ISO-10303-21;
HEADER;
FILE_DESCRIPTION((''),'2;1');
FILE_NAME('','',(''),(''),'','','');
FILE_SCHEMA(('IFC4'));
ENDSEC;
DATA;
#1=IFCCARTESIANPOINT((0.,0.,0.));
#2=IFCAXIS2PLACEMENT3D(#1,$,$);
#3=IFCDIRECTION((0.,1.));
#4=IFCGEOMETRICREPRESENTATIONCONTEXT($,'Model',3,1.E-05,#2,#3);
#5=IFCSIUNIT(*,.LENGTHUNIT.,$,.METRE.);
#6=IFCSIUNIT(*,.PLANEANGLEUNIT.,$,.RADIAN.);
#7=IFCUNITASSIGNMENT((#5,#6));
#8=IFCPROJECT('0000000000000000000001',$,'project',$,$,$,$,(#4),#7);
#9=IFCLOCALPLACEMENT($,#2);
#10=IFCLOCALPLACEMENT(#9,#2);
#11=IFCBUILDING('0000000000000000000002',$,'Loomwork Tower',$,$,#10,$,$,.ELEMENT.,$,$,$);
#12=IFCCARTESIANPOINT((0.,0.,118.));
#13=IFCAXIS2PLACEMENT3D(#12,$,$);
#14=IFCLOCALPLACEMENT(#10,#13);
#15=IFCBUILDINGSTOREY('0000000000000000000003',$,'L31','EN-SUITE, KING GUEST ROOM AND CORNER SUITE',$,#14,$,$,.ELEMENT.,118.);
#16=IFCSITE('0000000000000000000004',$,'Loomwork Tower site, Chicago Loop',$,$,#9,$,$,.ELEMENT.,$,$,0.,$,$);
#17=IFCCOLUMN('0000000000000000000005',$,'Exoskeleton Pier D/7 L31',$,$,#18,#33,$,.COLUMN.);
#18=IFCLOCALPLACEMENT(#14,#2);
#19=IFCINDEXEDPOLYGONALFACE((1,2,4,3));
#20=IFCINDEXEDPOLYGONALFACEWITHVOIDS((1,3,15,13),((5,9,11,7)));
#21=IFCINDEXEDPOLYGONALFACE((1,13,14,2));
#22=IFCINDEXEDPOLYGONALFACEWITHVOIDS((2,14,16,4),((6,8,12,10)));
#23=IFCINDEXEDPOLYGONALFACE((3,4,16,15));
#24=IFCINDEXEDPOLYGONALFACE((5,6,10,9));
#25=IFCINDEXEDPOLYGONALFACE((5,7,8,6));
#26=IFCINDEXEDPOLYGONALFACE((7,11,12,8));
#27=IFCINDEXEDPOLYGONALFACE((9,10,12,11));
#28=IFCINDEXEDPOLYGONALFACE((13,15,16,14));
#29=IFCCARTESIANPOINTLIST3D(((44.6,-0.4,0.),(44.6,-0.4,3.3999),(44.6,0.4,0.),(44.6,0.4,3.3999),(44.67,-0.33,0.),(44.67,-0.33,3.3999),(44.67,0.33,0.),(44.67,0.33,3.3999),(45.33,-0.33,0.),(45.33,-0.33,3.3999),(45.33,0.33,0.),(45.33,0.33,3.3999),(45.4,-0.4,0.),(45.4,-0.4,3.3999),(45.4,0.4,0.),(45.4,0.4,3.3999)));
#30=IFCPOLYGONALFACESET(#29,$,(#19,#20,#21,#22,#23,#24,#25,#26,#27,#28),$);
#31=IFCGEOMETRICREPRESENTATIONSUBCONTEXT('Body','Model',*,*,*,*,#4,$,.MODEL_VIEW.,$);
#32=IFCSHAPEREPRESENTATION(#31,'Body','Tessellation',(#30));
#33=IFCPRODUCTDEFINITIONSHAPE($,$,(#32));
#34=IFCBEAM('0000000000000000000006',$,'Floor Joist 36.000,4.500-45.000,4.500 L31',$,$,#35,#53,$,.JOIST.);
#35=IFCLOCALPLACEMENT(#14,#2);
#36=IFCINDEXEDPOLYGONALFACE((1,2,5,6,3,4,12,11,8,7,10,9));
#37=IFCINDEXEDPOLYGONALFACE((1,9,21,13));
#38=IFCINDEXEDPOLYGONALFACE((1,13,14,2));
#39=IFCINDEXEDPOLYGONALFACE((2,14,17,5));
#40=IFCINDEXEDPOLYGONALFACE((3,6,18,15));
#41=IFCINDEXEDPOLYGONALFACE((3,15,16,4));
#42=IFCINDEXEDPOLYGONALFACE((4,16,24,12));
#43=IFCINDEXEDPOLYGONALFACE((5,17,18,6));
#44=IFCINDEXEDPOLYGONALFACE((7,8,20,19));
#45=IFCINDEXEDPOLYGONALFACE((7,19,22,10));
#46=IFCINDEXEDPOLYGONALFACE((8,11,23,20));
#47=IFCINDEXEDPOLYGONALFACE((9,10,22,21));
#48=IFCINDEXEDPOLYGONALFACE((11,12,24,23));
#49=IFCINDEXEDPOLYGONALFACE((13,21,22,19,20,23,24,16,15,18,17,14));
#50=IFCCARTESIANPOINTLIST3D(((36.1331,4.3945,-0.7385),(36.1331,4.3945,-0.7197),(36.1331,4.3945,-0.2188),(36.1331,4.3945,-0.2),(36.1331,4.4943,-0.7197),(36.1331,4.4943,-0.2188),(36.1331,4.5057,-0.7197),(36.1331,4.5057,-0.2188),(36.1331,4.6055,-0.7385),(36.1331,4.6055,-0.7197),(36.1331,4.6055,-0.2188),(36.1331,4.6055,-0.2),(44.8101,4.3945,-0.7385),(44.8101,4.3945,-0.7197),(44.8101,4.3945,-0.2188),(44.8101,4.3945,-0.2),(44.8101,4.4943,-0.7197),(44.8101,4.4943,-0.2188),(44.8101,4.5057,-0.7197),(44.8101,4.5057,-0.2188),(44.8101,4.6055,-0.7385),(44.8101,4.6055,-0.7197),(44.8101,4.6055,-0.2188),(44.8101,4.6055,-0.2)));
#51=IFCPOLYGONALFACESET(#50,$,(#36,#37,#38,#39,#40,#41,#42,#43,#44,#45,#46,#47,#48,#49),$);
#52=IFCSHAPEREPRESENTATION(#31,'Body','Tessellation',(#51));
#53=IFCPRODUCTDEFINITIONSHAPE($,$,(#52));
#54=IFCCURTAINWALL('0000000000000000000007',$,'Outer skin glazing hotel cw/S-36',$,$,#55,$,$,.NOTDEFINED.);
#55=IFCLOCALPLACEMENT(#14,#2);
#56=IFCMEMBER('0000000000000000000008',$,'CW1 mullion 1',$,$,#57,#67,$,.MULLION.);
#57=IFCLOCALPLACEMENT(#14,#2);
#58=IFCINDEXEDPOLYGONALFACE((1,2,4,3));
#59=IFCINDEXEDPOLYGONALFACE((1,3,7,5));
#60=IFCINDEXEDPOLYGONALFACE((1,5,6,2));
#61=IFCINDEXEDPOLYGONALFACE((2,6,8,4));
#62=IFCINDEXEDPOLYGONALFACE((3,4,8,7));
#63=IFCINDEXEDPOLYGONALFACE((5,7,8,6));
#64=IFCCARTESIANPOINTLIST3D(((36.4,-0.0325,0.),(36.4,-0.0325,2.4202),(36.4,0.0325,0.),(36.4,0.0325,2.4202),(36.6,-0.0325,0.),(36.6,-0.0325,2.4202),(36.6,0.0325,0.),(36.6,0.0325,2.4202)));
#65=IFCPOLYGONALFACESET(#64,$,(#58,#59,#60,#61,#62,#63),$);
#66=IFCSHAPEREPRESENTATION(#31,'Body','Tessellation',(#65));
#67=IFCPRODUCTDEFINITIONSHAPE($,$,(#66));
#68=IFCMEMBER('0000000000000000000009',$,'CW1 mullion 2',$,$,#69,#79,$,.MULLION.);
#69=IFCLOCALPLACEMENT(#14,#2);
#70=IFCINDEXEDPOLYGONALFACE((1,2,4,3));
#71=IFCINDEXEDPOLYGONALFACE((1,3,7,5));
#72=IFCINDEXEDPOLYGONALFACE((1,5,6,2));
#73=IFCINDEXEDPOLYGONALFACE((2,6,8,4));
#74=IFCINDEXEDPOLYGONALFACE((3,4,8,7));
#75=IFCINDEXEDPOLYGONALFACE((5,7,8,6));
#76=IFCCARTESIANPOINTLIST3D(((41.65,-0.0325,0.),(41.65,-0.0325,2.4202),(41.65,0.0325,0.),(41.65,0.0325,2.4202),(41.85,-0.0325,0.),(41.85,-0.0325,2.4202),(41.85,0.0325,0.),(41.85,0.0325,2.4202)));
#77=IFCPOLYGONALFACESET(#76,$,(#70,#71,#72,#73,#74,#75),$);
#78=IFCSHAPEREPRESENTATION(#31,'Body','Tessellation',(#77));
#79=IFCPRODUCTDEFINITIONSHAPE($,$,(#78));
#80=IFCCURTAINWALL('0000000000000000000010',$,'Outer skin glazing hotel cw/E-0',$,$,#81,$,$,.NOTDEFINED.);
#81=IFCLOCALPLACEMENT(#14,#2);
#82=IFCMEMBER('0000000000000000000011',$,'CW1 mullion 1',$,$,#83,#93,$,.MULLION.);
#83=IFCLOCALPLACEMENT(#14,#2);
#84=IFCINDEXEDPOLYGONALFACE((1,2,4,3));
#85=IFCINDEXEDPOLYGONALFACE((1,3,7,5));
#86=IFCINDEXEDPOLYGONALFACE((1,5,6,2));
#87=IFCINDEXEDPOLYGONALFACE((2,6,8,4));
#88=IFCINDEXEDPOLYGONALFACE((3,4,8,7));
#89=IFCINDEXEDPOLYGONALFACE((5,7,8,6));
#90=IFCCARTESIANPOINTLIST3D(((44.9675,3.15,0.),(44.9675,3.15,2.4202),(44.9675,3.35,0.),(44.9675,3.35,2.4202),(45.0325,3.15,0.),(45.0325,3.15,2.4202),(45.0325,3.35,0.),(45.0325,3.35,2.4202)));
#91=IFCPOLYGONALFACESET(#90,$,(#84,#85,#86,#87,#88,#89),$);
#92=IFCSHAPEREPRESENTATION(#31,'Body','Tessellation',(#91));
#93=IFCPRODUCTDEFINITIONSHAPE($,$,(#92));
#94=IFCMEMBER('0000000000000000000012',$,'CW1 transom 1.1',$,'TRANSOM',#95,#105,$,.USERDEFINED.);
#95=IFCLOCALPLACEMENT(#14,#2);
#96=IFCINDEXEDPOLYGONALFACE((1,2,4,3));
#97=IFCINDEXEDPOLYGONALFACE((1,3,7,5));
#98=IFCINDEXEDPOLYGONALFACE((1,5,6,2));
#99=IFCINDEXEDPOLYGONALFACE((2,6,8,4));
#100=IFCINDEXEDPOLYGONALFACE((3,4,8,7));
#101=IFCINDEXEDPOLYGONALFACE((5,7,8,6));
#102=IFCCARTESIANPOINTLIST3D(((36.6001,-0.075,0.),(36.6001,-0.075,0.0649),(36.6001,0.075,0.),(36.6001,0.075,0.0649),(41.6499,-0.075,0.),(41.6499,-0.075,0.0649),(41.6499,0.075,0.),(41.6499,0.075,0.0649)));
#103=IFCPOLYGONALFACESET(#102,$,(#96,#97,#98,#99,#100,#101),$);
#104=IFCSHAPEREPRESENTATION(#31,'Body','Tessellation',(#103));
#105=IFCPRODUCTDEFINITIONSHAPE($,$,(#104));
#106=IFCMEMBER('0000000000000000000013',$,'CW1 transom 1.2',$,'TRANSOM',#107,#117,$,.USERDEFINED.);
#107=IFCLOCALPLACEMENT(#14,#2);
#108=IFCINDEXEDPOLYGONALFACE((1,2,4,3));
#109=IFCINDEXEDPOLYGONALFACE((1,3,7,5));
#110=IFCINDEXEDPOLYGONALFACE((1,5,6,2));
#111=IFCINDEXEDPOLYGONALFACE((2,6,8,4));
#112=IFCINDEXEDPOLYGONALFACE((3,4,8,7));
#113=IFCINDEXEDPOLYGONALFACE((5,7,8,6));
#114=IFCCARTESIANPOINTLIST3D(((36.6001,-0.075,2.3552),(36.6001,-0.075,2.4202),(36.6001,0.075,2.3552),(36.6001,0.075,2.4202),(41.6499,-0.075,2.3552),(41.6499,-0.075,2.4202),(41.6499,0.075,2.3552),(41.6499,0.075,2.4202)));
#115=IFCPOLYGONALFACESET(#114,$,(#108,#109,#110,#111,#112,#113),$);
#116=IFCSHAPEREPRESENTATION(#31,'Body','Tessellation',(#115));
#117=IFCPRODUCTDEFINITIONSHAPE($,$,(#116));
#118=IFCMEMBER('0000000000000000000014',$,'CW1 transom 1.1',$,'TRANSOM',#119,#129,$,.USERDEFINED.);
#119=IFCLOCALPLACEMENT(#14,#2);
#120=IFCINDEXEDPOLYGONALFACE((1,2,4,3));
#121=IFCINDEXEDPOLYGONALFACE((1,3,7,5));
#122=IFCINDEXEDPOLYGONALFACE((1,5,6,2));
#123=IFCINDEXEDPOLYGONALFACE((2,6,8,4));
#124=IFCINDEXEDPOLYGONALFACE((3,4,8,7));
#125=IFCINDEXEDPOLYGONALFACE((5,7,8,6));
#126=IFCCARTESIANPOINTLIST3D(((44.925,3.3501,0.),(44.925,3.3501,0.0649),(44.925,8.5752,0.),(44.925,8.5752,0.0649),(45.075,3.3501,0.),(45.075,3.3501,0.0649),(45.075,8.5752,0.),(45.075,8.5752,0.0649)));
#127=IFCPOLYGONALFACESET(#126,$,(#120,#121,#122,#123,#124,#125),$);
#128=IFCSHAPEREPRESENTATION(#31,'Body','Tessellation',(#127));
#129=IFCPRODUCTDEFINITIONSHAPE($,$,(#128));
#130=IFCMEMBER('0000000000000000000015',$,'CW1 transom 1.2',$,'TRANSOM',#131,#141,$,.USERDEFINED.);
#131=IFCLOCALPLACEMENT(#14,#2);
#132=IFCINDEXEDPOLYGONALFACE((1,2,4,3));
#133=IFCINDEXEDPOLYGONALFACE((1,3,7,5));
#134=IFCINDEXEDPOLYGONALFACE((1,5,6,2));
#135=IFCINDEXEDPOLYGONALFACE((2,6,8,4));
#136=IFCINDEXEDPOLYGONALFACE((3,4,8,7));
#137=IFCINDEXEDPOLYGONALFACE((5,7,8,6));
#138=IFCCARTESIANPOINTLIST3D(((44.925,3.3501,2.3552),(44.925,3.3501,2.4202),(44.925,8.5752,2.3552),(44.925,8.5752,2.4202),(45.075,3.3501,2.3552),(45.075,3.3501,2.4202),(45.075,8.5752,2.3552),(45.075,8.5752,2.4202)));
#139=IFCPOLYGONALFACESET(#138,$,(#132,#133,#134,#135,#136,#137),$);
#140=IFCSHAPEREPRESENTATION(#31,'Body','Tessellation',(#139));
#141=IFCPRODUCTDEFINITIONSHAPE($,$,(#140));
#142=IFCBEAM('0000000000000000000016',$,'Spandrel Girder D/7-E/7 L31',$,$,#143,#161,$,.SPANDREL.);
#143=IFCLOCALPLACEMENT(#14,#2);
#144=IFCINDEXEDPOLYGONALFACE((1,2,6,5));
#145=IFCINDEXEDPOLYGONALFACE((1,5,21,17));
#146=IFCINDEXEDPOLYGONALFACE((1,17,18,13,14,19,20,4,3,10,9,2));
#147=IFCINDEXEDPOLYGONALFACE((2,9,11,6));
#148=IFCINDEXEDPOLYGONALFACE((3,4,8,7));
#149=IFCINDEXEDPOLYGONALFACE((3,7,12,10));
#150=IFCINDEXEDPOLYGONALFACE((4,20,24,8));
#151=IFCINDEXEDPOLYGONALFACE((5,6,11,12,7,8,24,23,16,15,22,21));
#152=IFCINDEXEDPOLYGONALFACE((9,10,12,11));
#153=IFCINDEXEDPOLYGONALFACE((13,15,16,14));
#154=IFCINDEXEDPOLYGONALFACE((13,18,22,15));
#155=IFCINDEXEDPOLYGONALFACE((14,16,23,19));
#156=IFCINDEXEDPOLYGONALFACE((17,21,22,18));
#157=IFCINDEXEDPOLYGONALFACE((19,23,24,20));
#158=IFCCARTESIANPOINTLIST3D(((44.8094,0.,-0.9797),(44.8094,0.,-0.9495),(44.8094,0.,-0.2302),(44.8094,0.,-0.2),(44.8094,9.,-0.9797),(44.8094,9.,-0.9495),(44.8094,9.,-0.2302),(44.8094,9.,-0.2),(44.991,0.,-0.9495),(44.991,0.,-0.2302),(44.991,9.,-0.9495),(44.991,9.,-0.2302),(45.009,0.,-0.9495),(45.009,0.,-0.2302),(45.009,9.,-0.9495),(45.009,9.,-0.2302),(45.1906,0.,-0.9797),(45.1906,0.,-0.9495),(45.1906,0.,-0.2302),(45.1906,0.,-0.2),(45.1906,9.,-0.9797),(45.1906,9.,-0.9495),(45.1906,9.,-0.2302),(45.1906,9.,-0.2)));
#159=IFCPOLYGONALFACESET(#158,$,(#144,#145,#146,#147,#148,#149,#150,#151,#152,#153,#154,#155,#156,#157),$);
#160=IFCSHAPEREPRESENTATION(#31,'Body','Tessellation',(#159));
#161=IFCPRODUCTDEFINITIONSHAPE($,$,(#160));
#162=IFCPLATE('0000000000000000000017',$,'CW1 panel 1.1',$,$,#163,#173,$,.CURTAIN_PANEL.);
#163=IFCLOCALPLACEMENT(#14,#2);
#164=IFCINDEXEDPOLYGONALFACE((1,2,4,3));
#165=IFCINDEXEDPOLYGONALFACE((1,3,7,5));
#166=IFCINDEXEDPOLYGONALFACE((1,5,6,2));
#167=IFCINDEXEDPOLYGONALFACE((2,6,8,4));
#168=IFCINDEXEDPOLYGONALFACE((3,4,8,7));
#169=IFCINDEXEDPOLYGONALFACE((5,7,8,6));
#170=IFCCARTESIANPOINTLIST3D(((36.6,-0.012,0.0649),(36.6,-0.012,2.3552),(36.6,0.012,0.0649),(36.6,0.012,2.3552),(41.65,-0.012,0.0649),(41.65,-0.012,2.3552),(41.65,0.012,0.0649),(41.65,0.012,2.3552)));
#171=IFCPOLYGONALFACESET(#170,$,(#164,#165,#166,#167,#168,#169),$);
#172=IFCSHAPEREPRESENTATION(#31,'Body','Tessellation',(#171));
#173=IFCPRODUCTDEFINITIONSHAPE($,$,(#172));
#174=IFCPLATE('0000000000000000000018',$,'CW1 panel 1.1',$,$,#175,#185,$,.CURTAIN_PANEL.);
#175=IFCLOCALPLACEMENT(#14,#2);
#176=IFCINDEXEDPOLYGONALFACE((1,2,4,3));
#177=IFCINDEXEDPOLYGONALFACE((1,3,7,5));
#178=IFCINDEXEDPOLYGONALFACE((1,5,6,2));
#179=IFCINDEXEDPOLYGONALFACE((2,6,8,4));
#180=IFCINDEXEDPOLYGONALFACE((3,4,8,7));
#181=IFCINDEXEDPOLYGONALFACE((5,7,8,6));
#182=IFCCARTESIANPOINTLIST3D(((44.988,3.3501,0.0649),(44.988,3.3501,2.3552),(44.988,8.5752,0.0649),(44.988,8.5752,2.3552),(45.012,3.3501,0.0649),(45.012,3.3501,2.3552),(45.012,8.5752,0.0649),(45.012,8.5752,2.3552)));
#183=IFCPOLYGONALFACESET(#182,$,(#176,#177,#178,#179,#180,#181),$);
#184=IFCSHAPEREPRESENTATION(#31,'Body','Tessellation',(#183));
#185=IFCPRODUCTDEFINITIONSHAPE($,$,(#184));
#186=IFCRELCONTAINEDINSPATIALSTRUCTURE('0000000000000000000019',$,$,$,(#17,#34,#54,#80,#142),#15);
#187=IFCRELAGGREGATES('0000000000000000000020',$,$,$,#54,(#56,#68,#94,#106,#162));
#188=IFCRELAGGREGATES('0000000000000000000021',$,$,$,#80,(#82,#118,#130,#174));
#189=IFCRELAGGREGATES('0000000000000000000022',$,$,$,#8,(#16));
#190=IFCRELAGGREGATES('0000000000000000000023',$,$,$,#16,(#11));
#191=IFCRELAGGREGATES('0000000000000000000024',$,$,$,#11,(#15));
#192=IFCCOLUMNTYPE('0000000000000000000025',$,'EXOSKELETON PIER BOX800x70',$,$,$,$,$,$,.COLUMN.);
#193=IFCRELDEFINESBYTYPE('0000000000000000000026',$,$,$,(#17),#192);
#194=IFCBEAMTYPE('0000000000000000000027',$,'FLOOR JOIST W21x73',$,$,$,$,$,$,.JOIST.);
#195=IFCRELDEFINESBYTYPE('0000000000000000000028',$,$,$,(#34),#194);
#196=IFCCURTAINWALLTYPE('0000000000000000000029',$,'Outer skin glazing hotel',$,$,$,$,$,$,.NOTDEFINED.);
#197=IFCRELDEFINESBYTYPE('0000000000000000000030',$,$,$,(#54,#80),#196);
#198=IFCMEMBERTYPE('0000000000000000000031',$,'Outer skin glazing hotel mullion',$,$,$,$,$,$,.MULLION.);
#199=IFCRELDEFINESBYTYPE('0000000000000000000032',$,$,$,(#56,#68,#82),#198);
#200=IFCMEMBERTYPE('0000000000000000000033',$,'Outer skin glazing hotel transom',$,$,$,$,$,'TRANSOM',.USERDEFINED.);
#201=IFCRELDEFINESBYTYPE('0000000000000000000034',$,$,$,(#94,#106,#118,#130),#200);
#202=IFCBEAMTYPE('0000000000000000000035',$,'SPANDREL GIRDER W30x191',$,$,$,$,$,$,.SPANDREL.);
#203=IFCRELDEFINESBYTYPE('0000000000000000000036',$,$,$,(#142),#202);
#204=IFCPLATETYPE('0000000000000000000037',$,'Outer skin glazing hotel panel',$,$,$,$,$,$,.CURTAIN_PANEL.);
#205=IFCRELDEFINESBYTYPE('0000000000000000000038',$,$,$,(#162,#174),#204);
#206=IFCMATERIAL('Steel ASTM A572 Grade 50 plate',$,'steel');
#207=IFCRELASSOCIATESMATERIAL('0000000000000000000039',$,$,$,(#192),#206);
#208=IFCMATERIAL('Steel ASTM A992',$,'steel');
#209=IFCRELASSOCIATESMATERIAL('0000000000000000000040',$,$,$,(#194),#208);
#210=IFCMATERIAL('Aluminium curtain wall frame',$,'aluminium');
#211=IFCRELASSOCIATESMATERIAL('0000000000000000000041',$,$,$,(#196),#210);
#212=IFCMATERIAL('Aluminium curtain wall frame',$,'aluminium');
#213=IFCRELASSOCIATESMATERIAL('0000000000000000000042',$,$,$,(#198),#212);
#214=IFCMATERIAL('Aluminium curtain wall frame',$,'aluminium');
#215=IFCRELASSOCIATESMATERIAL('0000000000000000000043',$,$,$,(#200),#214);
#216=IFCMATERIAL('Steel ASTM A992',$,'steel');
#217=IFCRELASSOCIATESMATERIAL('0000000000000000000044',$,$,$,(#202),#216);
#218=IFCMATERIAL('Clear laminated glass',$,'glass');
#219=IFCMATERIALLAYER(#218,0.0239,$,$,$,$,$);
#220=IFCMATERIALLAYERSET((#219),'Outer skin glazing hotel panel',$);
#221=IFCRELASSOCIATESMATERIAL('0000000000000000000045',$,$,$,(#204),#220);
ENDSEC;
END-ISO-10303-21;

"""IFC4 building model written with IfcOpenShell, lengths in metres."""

from ifc_helpers import new_model, si_unit, direction, frame, origin, origin_2d, place, context, subcontext, project, spatial, rectangle, hollow_rectangle, i_section, extrude, material, layer, layer_set, material_profile, profile_set, type_object, element, aggregate, save


model = new_model("IFC4")

# Units and contexts
model_context = context("Model", 3, precision=1e-05, world=origin(), true_north=direction((0.0, 1.0)))
body_context = subcontext(model_context, "Body", "Model", "MODEL_VIEW")
ifc_project = project(units=[si_unit("LENGTHUNIT", "METRE"), si_unit("PLANEANGLEUNIT", "RADIAN")], contexts=[model_context])

# Site, building, storey
site_placement = place(None, origin())
site = spatial("IfcSite", under=ifc_project, at=site_placement, Name="Loomwork Tower site, Chicago Loop", CompositionType="ELEMENT", RefElevation=0.0)
building_placement = place(site_placement, origin())
building = spatial("IfcBuilding", under=site, at=building_placement, Name="Loomwork Tower", CompositionType="ELEMENT")
storey_placement = place(building_placement, frame((0.0, 0.0, 118.0)))
storey = spatial("IfcBuildingStorey", under=building, at=storey_placement, Name="L31", Description="EN-SUITE, KING GUEST ROOM AND CORNER SUITE", CompositionType="ELEMENT", Elevation=118.0)

# Column
ifc_material_1 = material(Name="Steel ASTM A572 Grade 50 plate", Category="steel")
ifc_material_profile_1 = material_profile(ifc_material_1, hollow_rectangle(XDim=0.8, YDim=0.8, WallThickness=0.0701, at=origin_2d()), Name="BOX800x70")
ifc_profile_set_1 = profile_set([ifc_material_profile_1], Name="Steel ASTM A572 Grade 50 plate")
column_type = type_object("IfcColumnType", Name="EXOSKELETON PIER BOX800x70", PredefinedType="COLUMN", material=ifc_profile_set_1)
column_placement = place(storey_placement, frame((45.0, 0.0, 0.0), z_axis=(0.0, 0.0, 1.0), x_axis=(1.0, 0.0, 0.0)))
element("IfcColumn", 1, at=column_placement, inside=storey, type_object=column_type, Name="Exoskeleton Pier D/7 L31", PredefinedType="COLUMN", context=body_context, shape_type="SweptSolid", body=[
    extrude(hollow_rectangle(XDim=0.8, YDim=0.8, WallThickness=0.0701, at=origin_2d()), origin(), (0.0, 0.0, 1.0), 3.3999),
])

# Beam
ifc_material_2 = material(Name="Steel ASTM A992", Category="steel")
ifc_material_profile_2 = material_profile(ifc_material_2, i_section(OverallWidth=0.2109, OverallDepth=0.5386, WebThickness=0.0115, FlangeThickness=0.0188, at=origin_2d()), Name="W21x73")
ifc_profile_set_2 = profile_set([ifc_material_profile_2], Name="Steel ASTM A992")
beam_type_1 = type_object("IfcBeamType", Name="FLOOR JOIST W21x73", PredefinedType="JOIST", material=ifc_profile_set_2)
beam_1_placement = place(storey_placement, frame((36.1331, 4.5, -0.4692), z_axis=(1.0, 0.0, 0.0), x_axis=(0.0, 1.0, 0.0)))
element("IfcBeam", 2, at=beam_1_placement, inside=storey, type_object=beam_type_1, Name="Floor Joist 36.000,4.500-45.000,4.500 L31", PredefinedType="JOIST", context=body_context, shape_type="SweptSolid", body=[
    extrude(i_section(OverallWidth=0.2109, OverallDepth=0.5386, WebThickness=0.0115, FlangeThickness=0.0188, at=origin_2d()), origin(), (0.0, 0.0, 1.0), 8.677),
])

# Curtain wall, members
ifc_material_3 = material(Name="Aluminium curtain wall frame", Category="aluminium")
curtain_wall_type = type_object("IfcCurtainWallType", Name="Outer skin glazing hotel", PredefinedType="NOTDEFINED", material=ifc_material_3)
curtain_wall_1_placement = place(storey_placement, origin())
curtain_wall_1 = element("IfcCurtainWall", 3, at=curtain_wall_1_placement, inside=storey, type_object=curtain_wall_type, Name="Outer skin glazing hotel cw/S-36", PredefinedType="NOTDEFINED")
ifc_material_4 = material(Name="Aluminium curtain wall frame", Category="aluminium")
ifc_material_profile_3 = material_profile(ifc_material_4, rectangle(XDim=0.0649, YDim=0.2, at=origin_2d()), Name="AL 65x200")
ifc_profile_set_3 = profile_set([ifc_material_profile_3], Name="Aluminium curtain wall frame")
member_type_1 = type_object("IfcMemberType", Name="Outer skin glazing hotel mullion", PredefinedType="MULLION", material=ifc_profile_set_3)
member_1_placement = place(storey_placement, frame((36.5, 0.0, 0.0), z_axis=(0.0, 0.0, 1.0), x_axis=(0.0, 1.0, 0.0)))
member_1 = element("IfcMember", 4, at=member_1_placement, type_object=member_type_1, Name="CW1 mullion 1", PredefinedType="MULLION", context=body_context, shape_type="SweptSolid", body=[
    extrude(rectangle(XDim=0.0649, YDim=0.2, at=origin_2d()), origin(), (0.0, 0.0, 1.0), 2.4202),
])
member_2_placement = place(storey_placement, frame((41.75, 0.0, 0.0), z_axis=(0.0, 0.0, 1.0), x_axis=(0.0, 1.0, 0.0)))
member_2 = element("IfcMember", 5, at=member_2_placement, type_object=member_type_1, Name="CW1 mullion 2", PredefinedType="MULLION", context=body_context, shape_type="SweptSolid", body=[
    extrude(rectangle(XDim=0.0649, YDim=0.2, at=origin_2d()), origin(), (0.0, 0.0, 1.0), 2.4202),
])

# Curtain wall, member
curtain_wall_2_placement = place(storey_placement, origin())
curtain_wall_2 = element("IfcCurtainWall", 6, at=curtain_wall_2_placement, inside=storey, type_object=curtain_wall_type, Name="Outer skin glazing hotel cw/E-0", PredefinedType="NOTDEFINED")
member_3_placement = place(storey_placement, frame((45.0, 3.25, 0.0), z_axis=(0.0, 0.0, 1.0), x_axis=(-1.0, 0.0, 0.0)))
member_3 = element("IfcMember", 7, at=member_3_placement, type_object=member_type_1, Name="CW1 mullion 1", PredefinedType="MULLION", context=body_context, shape_type="SweptSolid", body=[
    extrude(rectangle(XDim=0.0649, YDim=0.2, at=origin_2d()), origin(), (0.0, 0.0, 1.0), 2.4202),
])

# Members
ifc_material_5 = material(Name="Aluminium curtain wall frame", Category="aluminium")
ifc_material_profile_4 = material_profile(ifc_material_5, rectangle(XDim=0.1499, YDim=0.0649, at=origin_2d()), Name="AL 65x150")
ifc_profile_set_4 = profile_set([ifc_material_profile_4], Name="Aluminium curtain wall frame")
member_type_2 = type_object("IfcMemberType", Name="Outer skin glazing hotel transom", ElementType="TRANSOM", PredefinedType="USERDEFINED", material=ifc_profile_set_4)
member_4_placement = place(storey_placement, frame((36.6001, 0.0, 0.0325), z_axis=(1.0, 0.0, 0.0), x_axis=(0.0, 1.0, 0.0)))
member_4 = element("IfcMember", 8, at=member_4_placement, type_object=member_type_2, Name="CW1 transom 1.1", ObjectType="TRANSOM", PredefinedType="USERDEFINED", context=body_context, shape_type="SweptSolid", body=[
    extrude(rectangle(XDim=0.1499, YDim=0.0649, at=origin_2d()), origin(), (0.0, 0.0, 1.0), 5.0498),
])
member_5_placement = place(storey_placement, frame((36.6001, 0.0, 2.3877), z_axis=(1.0, 0.0, 0.0), x_axis=(0.0, 1.0, 0.0)))
member_5 = element("IfcMember", 9, at=member_5_placement, type_object=member_type_2, Name="CW1 transom 1.2", ObjectType="TRANSOM", PredefinedType="USERDEFINED", context=body_context, shape_type="SweptSolid", body=[
    extrude(rectangle(XDim=0.1499, YDim=0.0649, at=origin_2d()), origin(), (0.0, 0.0, 1.0), 5.0498),
])
member_6_placement = place(storey_placement, frame((45.0, 3.3501, 0.0325), z_axis=(0.0, 1.0, 0.0), x_axis=(-1.0, 0.0, 0.0)))
member_6 = element("IfcMember", 10, at=member_6_placement, type_object=member_type_2, Name="CW1 transom 1.1", ObjectType="TRANSOM", PredefinedType="USERDEFINED", context=body_context, shape_type="SweptSolid", body=[
    extrude(rectangle(XDim=0.1499, YDim=0.0649, at=origin_2d()), origin(), (0.0, 0.0, 1.0), 5.2251),
])
member_7_placement = place(storey_placement, frame((45.0, 3.3501, 2.3877), z_axis=(0.0, 1.0, 0.0), x_axis=(-1.0, 0.0, 0.0)))
member_7 = element("IfcMember", 11, at=member_7_placement, type_object=member_type_2, Name="CW1 transom 1.2", ObjectType="TRANSOM", PredefinedType="USERDEFINED", context=body_context, shape_type="SweptSolid", body=[
    extrude(rectangle(XDim=0.1499, YDim=0.0649, at=origin_2d()), origin(), (0.0, 0.0, 1.0), 5.2251),
])

# Beam
ifc_material_6 = material(Name="Steel ASTM A992", Category="steel")
ifc_material_profile_5 = material_profile(ifc_material_6, i_section(OverallWidth=0.3811, OverallDepth=0.7798, WebThickness=0.0181, FlangeThickness=0.0303, at=origin_2d()), Name="W30x191")
ifc_profile_set_5 = profile_set([ifc_material_profile_5], Name="Steel ASTM A992")
beam_type_2 = type_object("IfcBeamType", Name="SPANDREL GIRDER W30x191", PredefinedType="SPANDREL", material=ifc_profile_set_5)
beam_2_placement = place(storey_placement, frame((45.0, 0.0, -0.5898), z_axis=(0.0, 1.0, 0.0), x_axis=(-1.0, 0.0, 0.0)))
element("IfcBeam", 12, at=beam_2_placement, inside=storey, type_object=beam_type_2, Name="Spandrel Girder D/7-E/7 L31", PredefinedType="SPANDREL", context=body_context, shape_type="SweptSolid", body=[
    extrude(i_section(OverallWidth=0.3811, OverallDepth=0.7798, WebThickness=0.0181, FlangeThickness=0.0303, at=origin_2d()), origin(), (0.0, 0.0, 1.0), 9.0),
])

# Plates
ifc_material_7 = material(Name="Clear laminated glass", Category="glass")
ifc_layer_1 = layer(ifc_material_7, 0.0239)
ifc_layer_set_1 = layer_set([ifc_layer_1], Name="Outer skin glazing hotel panel")
plate_type = type_object("IfcPlateType", Name="Outer skin glazing hotel panel", PredefinedType="CURTAIN_PANEL", material=ifc_layer_set_1)
plate_1_placement = place(storey_placement, frame((39.125, 0.0, 0.0649), z_axis=(0.0, 0.0, 1.0), x_axis=(1.0, 0.0, 0.0)))
plate_1 = element("IfcPlate", 13, at=plate_1_placement, type_object=plate_type, Name="CW1 panel 1.1", PredefinedType="CURTAIN_PANEL", context=body_context, shape_type="SweptSolid", body=[
    extrude(rectangle(XDim=5.05, YDim=0.0239, at=origin_2d()), origin(), (0.0, 0.0, 1.0), 2.2903),
])
aggregate(curtain_wall_1, [member_1, member_2, member_4, member_5, plate_1])
plate_2_placement = place(storey_placement, frame((45.0, 5.9626, 0.0649), z_axis=(0.0, 0.0, 1.0), x_axis=(0.0, 1.0, 0.0)))
plate_2 = element("IfcPlate", 14, at=plate_2_placement, type_object=plate_type, Name="CW1 panel 1.1", PredefinedType="CURTAIN_PANEL", context=body_context, shape_type="SweptSolid", body=[
    extrude(rectangle(XDim=5.2251, YDim=0.0239, at=origin_2d()), origin(), (0.0, 0.0, 1.0), 2.2903),
])
aggregate(curtain_wall_2, [member_3, member_6, member_7, plate_2])

save(model, "model.ifc")
